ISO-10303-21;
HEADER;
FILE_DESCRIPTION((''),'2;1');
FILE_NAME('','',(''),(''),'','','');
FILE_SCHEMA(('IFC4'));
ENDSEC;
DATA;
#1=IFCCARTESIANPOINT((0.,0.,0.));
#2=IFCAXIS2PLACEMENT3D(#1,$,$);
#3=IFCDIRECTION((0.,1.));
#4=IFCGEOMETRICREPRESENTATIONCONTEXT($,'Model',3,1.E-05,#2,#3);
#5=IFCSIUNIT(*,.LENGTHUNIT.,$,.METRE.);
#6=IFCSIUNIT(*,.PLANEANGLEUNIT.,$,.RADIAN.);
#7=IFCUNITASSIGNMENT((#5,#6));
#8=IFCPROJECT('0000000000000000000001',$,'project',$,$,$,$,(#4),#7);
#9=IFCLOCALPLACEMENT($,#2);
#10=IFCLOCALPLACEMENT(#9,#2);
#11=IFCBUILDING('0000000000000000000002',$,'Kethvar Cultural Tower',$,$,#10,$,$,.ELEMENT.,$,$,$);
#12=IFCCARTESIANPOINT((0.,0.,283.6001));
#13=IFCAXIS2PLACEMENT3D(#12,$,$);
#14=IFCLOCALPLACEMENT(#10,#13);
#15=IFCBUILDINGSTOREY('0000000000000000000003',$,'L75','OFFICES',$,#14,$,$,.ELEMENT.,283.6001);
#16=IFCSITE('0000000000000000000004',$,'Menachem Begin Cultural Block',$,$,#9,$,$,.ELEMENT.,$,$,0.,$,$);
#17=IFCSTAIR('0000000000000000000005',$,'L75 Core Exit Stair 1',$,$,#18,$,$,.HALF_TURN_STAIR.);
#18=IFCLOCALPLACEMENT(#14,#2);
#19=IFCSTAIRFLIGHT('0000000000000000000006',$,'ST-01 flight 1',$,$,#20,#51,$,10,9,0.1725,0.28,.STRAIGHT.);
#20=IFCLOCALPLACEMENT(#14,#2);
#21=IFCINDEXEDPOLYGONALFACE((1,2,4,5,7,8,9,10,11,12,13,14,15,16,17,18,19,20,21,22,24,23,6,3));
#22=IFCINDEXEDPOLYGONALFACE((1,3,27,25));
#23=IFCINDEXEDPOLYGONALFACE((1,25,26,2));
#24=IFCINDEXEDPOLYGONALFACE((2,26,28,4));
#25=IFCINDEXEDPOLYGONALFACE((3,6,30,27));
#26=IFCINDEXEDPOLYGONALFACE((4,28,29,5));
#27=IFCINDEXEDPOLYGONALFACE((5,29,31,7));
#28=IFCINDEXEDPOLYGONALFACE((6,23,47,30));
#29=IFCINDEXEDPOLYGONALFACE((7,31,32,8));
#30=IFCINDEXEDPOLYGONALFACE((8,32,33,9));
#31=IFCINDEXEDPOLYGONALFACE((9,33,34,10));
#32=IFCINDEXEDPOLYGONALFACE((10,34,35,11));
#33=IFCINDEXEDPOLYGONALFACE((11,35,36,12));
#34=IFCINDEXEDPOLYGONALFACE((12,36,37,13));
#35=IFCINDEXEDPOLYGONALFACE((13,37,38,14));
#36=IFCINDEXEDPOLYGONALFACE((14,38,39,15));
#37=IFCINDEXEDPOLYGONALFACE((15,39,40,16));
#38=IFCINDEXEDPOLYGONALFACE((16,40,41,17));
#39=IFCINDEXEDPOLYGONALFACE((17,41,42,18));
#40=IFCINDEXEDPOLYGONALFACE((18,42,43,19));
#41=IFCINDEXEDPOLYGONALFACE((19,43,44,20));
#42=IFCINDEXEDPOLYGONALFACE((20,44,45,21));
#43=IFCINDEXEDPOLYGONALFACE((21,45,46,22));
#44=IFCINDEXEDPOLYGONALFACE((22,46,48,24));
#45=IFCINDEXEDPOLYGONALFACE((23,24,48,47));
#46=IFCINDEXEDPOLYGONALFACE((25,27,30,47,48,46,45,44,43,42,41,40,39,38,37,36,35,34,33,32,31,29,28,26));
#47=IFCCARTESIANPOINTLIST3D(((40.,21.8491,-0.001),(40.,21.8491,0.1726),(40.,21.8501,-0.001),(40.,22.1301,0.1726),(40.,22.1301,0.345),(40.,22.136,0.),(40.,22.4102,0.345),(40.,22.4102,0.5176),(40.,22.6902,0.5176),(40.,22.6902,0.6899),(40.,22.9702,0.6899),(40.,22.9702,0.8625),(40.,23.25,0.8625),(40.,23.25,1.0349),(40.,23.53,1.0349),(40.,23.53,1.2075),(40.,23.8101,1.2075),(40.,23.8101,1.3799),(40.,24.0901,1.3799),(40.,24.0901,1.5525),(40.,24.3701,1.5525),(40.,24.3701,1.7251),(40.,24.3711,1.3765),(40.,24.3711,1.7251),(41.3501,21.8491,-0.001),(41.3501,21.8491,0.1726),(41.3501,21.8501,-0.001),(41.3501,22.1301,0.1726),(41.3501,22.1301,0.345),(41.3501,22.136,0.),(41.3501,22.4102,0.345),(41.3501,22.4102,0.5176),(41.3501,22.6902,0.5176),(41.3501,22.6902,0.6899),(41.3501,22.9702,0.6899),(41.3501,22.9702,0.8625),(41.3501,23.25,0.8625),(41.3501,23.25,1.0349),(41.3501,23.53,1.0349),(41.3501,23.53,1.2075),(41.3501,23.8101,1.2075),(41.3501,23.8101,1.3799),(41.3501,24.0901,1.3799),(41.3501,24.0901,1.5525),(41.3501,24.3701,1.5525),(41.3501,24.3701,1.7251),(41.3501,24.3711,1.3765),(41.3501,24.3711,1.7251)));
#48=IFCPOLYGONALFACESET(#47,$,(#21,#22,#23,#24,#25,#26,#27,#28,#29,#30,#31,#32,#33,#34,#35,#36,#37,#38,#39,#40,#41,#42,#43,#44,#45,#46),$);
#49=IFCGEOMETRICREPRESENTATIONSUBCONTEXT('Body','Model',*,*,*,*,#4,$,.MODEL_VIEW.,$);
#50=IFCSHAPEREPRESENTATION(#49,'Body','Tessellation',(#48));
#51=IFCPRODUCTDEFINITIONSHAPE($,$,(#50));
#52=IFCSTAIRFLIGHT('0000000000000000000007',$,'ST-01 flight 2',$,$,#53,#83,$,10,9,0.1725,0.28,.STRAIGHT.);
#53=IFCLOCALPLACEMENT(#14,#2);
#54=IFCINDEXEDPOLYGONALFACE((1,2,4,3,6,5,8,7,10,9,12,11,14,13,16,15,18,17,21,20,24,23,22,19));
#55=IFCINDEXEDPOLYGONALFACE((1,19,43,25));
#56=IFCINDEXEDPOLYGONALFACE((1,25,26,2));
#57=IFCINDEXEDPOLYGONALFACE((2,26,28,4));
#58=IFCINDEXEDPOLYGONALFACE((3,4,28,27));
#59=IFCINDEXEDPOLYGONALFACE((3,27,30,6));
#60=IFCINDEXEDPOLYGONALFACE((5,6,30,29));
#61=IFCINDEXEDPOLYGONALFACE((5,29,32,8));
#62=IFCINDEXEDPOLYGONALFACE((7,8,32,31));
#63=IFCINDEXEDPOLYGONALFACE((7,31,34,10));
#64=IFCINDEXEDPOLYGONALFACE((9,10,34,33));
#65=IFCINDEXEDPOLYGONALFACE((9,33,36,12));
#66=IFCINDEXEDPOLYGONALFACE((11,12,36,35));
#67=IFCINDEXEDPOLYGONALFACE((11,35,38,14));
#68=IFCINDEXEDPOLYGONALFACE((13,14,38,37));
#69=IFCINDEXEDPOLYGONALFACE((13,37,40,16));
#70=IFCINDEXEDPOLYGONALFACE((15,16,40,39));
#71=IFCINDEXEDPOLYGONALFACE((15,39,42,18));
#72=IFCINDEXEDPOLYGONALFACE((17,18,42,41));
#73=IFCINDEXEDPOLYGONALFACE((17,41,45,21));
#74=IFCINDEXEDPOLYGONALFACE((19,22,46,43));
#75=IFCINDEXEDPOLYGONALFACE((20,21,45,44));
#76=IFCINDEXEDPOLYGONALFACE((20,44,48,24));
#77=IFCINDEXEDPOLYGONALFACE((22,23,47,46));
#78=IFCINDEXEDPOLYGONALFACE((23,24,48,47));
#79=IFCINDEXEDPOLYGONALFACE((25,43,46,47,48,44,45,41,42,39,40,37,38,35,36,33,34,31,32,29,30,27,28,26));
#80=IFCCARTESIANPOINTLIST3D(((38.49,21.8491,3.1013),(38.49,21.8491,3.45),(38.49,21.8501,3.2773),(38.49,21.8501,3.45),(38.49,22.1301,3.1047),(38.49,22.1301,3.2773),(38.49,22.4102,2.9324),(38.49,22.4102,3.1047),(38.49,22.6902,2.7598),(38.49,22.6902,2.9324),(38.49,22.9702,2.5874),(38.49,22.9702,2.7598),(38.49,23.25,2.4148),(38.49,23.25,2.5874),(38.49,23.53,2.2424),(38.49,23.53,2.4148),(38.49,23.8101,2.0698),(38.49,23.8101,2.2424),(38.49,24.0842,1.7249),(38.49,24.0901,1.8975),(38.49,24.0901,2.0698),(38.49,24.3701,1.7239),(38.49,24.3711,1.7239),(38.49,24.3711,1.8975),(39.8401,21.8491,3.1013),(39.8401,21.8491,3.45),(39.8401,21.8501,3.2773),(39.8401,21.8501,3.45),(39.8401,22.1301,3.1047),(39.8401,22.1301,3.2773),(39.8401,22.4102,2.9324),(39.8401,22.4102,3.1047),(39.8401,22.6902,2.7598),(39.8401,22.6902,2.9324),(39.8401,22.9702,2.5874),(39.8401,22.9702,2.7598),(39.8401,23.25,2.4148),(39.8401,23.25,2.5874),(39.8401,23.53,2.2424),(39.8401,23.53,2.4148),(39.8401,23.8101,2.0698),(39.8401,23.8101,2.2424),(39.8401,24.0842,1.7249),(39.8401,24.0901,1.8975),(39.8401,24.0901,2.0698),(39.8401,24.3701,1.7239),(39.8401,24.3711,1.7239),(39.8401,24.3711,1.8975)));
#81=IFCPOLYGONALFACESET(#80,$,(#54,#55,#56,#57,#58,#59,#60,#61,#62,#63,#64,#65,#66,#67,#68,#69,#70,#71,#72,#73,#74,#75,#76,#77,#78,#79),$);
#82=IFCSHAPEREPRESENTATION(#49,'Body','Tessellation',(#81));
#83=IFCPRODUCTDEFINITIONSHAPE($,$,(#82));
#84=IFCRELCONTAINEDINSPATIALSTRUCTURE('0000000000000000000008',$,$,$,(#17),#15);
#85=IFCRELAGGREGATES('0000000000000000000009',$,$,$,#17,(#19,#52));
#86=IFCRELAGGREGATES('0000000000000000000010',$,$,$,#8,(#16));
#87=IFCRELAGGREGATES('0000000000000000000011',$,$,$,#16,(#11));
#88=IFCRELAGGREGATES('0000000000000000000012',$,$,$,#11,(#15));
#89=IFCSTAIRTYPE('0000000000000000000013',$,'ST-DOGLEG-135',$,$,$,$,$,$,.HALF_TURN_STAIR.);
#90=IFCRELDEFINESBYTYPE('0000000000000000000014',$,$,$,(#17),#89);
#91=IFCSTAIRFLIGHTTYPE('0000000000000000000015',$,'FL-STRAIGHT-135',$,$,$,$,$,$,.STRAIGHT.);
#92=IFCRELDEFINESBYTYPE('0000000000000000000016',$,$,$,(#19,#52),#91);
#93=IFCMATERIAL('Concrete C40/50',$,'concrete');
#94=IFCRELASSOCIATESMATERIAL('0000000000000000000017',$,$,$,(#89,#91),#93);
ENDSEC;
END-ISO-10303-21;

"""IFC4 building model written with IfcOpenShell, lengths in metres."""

from ifc_helpers import new_model, si_unit, direction, frame, origin, place, context, subcontext, project, spatial, polyline, outline, extrude, material, type_object, element, aggregate, save


model = new_model("IFC4")

# Units and contexts
model_context = context("Model", 3, precision=1e-05, world=origin(), true_north=direction((0.0, 1.0)))
body_context = subcontext(model_context, "Body", "Model", "MODEL_VIEW")
ifc_project = project(units=[si_unit("LENGTHUNIT", "METRE"), si_unit("PLANEANGLEUNIT", "RADIAN")], contexts=[model_context])

# Site, building, storey
site_placement = place(None, origin())
site = spatial("IfcSite", under=ifc_project, at=site_placement, Name="Menachem Begin Cultural Block", CompositionType="ELEMENT", RefElevation=0.0)
building_placement = place(site_placement, origin())
building = spatial("IfcBuilding", under=site, at=building_placement, Name="Kethvar Cultural Tower", CompositionType="ELEMENT")
storey_placement = place(building_placement, frame((0.0, 0.0, 283.6001)))
storey = spatial("IfcBuildingStorey", under=building, at=storey_placement, Name="L75", Description="OFFICES", CompositionType="ELEMENT", Elevation=283.6001)

# Stair, stair flights
ifc_material_1 = material(Name="Concrete C40/50", Category="concrete")
stair_type = type_object("IfcStairType", Name="ST-DOGLEG-135", PredefinedType="HALF_TURN_STAIR", material=ifc_material_1)
stair_placement = place(storey_placement, origin())
stair = element("IfcStair", 1, at=stair_placement, inside=storey, type_object=stair_type, Name="L75 Core Exit Stair 1", PredefinedType="HALF_TURN_STAIR")
stair_flight_type = type_object("IfcStairFlightType", Name="FL-STRAIGHT-135", PredefinedType="STRAIGHT", material=ifc_material_1)
stair_flight_1_placement = place(storey_placement, frame((40.675, 21.8501, 0.0), z_axis=(0.0, 0.0, 1.0), x_axis=(0.0, 1.0, 0.0)))
stair_flight_1 = element("IfcStairFlight", 2, at=stair_flight_1_placement, type_object=stair_flight_type, Name="ST-01 flight 1", NumberOfRisers=10, NumberOfTreads=9, PredefinedType="STRAIGHT", RiserHeight=0.1725, TreadLength=0.28, context=body_context, shape_type="SweptSolid", body=[
    extrude(outline(polyline([(-0.001, -0.001), (-0.001, 0.1726), (0.28, 0.1726), (0.28, 0.345), (0.5601, 0.345), (0.5601, 0.5176), (0.8401, 0.5176), (0.8401, 0.6899), (1.1201, 0.6899), (1.1201, 0.8625), (1.3999, 0.8625), (1.3999, 1.0349), (1.6799, 1.0349), (1.6799, 1.2075), (1.96, 1.2075), (1.96, 1.3799), (2.24, 1.3799), (2.24, 1.5525), (2.52, 1.5525), (2.52, 1.7251), (2.521, 1.7251), (2.521, 1.3765), (0.2859, 0.0), (0.0, -0.001), (-0.001, -0.001)])), frame((0.0, 0.675, 0.0), z_axis=(0.0, -1.0, 0.0), x_axis=(1.0, 0.0, 0.0)), (0.0, 0.0, 1.0), 1.3501),
])
stair_flight_2_placement = place(storey_placement, frame((39.165, 24.3701, 1.7249), z_axis=(0.0, 0.0, 1.0), x_axis=(0.0, -1.0, 0.0)))
stair_flight_2 = element("IfcStairFlight", 3, at=stair_flight_2_placement, type_object=stair_flight_type, Name="ST-01 flight 2", NumberOfRisers=10, NumberOfTreads=9, PredefinedType="STRAIGHT", RiserHeight=0.1725, TreadLength=0.28, context=body_context, shape_type="SweptSolid", body=[
    extrude(outline(polyline([(-0.001, -0.001), (-0.001, 0.1726), (0.28, 0.1726), (0.28, 0.345), (0.5601, 0.345), (0.5601, 0.5176), (0.8401, 0.5176), (0.8401, 0.6899), (1.1201, 0.6899), (1.1201, 0.8625), (1.3999, 0.8625), (1.3999, 1.0349), (1.6799, 1.0349), (1.6799, 1.2075), (1.96, 1.2075), (1.96, 1.3799), (2.24, 1.3799), (2.24, 1.5525), (2.52, 1.5525), (2.52, 1.7251), (2.521, 1.7251), (2.521, 1.3765), (0.2859, 0.0), (0.0, -0.001), (-0.001, -0.001)])), frame((0.0, 0.675, 0.0), z_axis=(0.0, -1.0, 0.0), x_axis=(1.0, 0.0, 0.0)), (0.0, 0.0, 1.0), 1.3501),
])
aggregate(stair, [stair_flight_1, stair_flight_2])

save(model, "model.ifc")
